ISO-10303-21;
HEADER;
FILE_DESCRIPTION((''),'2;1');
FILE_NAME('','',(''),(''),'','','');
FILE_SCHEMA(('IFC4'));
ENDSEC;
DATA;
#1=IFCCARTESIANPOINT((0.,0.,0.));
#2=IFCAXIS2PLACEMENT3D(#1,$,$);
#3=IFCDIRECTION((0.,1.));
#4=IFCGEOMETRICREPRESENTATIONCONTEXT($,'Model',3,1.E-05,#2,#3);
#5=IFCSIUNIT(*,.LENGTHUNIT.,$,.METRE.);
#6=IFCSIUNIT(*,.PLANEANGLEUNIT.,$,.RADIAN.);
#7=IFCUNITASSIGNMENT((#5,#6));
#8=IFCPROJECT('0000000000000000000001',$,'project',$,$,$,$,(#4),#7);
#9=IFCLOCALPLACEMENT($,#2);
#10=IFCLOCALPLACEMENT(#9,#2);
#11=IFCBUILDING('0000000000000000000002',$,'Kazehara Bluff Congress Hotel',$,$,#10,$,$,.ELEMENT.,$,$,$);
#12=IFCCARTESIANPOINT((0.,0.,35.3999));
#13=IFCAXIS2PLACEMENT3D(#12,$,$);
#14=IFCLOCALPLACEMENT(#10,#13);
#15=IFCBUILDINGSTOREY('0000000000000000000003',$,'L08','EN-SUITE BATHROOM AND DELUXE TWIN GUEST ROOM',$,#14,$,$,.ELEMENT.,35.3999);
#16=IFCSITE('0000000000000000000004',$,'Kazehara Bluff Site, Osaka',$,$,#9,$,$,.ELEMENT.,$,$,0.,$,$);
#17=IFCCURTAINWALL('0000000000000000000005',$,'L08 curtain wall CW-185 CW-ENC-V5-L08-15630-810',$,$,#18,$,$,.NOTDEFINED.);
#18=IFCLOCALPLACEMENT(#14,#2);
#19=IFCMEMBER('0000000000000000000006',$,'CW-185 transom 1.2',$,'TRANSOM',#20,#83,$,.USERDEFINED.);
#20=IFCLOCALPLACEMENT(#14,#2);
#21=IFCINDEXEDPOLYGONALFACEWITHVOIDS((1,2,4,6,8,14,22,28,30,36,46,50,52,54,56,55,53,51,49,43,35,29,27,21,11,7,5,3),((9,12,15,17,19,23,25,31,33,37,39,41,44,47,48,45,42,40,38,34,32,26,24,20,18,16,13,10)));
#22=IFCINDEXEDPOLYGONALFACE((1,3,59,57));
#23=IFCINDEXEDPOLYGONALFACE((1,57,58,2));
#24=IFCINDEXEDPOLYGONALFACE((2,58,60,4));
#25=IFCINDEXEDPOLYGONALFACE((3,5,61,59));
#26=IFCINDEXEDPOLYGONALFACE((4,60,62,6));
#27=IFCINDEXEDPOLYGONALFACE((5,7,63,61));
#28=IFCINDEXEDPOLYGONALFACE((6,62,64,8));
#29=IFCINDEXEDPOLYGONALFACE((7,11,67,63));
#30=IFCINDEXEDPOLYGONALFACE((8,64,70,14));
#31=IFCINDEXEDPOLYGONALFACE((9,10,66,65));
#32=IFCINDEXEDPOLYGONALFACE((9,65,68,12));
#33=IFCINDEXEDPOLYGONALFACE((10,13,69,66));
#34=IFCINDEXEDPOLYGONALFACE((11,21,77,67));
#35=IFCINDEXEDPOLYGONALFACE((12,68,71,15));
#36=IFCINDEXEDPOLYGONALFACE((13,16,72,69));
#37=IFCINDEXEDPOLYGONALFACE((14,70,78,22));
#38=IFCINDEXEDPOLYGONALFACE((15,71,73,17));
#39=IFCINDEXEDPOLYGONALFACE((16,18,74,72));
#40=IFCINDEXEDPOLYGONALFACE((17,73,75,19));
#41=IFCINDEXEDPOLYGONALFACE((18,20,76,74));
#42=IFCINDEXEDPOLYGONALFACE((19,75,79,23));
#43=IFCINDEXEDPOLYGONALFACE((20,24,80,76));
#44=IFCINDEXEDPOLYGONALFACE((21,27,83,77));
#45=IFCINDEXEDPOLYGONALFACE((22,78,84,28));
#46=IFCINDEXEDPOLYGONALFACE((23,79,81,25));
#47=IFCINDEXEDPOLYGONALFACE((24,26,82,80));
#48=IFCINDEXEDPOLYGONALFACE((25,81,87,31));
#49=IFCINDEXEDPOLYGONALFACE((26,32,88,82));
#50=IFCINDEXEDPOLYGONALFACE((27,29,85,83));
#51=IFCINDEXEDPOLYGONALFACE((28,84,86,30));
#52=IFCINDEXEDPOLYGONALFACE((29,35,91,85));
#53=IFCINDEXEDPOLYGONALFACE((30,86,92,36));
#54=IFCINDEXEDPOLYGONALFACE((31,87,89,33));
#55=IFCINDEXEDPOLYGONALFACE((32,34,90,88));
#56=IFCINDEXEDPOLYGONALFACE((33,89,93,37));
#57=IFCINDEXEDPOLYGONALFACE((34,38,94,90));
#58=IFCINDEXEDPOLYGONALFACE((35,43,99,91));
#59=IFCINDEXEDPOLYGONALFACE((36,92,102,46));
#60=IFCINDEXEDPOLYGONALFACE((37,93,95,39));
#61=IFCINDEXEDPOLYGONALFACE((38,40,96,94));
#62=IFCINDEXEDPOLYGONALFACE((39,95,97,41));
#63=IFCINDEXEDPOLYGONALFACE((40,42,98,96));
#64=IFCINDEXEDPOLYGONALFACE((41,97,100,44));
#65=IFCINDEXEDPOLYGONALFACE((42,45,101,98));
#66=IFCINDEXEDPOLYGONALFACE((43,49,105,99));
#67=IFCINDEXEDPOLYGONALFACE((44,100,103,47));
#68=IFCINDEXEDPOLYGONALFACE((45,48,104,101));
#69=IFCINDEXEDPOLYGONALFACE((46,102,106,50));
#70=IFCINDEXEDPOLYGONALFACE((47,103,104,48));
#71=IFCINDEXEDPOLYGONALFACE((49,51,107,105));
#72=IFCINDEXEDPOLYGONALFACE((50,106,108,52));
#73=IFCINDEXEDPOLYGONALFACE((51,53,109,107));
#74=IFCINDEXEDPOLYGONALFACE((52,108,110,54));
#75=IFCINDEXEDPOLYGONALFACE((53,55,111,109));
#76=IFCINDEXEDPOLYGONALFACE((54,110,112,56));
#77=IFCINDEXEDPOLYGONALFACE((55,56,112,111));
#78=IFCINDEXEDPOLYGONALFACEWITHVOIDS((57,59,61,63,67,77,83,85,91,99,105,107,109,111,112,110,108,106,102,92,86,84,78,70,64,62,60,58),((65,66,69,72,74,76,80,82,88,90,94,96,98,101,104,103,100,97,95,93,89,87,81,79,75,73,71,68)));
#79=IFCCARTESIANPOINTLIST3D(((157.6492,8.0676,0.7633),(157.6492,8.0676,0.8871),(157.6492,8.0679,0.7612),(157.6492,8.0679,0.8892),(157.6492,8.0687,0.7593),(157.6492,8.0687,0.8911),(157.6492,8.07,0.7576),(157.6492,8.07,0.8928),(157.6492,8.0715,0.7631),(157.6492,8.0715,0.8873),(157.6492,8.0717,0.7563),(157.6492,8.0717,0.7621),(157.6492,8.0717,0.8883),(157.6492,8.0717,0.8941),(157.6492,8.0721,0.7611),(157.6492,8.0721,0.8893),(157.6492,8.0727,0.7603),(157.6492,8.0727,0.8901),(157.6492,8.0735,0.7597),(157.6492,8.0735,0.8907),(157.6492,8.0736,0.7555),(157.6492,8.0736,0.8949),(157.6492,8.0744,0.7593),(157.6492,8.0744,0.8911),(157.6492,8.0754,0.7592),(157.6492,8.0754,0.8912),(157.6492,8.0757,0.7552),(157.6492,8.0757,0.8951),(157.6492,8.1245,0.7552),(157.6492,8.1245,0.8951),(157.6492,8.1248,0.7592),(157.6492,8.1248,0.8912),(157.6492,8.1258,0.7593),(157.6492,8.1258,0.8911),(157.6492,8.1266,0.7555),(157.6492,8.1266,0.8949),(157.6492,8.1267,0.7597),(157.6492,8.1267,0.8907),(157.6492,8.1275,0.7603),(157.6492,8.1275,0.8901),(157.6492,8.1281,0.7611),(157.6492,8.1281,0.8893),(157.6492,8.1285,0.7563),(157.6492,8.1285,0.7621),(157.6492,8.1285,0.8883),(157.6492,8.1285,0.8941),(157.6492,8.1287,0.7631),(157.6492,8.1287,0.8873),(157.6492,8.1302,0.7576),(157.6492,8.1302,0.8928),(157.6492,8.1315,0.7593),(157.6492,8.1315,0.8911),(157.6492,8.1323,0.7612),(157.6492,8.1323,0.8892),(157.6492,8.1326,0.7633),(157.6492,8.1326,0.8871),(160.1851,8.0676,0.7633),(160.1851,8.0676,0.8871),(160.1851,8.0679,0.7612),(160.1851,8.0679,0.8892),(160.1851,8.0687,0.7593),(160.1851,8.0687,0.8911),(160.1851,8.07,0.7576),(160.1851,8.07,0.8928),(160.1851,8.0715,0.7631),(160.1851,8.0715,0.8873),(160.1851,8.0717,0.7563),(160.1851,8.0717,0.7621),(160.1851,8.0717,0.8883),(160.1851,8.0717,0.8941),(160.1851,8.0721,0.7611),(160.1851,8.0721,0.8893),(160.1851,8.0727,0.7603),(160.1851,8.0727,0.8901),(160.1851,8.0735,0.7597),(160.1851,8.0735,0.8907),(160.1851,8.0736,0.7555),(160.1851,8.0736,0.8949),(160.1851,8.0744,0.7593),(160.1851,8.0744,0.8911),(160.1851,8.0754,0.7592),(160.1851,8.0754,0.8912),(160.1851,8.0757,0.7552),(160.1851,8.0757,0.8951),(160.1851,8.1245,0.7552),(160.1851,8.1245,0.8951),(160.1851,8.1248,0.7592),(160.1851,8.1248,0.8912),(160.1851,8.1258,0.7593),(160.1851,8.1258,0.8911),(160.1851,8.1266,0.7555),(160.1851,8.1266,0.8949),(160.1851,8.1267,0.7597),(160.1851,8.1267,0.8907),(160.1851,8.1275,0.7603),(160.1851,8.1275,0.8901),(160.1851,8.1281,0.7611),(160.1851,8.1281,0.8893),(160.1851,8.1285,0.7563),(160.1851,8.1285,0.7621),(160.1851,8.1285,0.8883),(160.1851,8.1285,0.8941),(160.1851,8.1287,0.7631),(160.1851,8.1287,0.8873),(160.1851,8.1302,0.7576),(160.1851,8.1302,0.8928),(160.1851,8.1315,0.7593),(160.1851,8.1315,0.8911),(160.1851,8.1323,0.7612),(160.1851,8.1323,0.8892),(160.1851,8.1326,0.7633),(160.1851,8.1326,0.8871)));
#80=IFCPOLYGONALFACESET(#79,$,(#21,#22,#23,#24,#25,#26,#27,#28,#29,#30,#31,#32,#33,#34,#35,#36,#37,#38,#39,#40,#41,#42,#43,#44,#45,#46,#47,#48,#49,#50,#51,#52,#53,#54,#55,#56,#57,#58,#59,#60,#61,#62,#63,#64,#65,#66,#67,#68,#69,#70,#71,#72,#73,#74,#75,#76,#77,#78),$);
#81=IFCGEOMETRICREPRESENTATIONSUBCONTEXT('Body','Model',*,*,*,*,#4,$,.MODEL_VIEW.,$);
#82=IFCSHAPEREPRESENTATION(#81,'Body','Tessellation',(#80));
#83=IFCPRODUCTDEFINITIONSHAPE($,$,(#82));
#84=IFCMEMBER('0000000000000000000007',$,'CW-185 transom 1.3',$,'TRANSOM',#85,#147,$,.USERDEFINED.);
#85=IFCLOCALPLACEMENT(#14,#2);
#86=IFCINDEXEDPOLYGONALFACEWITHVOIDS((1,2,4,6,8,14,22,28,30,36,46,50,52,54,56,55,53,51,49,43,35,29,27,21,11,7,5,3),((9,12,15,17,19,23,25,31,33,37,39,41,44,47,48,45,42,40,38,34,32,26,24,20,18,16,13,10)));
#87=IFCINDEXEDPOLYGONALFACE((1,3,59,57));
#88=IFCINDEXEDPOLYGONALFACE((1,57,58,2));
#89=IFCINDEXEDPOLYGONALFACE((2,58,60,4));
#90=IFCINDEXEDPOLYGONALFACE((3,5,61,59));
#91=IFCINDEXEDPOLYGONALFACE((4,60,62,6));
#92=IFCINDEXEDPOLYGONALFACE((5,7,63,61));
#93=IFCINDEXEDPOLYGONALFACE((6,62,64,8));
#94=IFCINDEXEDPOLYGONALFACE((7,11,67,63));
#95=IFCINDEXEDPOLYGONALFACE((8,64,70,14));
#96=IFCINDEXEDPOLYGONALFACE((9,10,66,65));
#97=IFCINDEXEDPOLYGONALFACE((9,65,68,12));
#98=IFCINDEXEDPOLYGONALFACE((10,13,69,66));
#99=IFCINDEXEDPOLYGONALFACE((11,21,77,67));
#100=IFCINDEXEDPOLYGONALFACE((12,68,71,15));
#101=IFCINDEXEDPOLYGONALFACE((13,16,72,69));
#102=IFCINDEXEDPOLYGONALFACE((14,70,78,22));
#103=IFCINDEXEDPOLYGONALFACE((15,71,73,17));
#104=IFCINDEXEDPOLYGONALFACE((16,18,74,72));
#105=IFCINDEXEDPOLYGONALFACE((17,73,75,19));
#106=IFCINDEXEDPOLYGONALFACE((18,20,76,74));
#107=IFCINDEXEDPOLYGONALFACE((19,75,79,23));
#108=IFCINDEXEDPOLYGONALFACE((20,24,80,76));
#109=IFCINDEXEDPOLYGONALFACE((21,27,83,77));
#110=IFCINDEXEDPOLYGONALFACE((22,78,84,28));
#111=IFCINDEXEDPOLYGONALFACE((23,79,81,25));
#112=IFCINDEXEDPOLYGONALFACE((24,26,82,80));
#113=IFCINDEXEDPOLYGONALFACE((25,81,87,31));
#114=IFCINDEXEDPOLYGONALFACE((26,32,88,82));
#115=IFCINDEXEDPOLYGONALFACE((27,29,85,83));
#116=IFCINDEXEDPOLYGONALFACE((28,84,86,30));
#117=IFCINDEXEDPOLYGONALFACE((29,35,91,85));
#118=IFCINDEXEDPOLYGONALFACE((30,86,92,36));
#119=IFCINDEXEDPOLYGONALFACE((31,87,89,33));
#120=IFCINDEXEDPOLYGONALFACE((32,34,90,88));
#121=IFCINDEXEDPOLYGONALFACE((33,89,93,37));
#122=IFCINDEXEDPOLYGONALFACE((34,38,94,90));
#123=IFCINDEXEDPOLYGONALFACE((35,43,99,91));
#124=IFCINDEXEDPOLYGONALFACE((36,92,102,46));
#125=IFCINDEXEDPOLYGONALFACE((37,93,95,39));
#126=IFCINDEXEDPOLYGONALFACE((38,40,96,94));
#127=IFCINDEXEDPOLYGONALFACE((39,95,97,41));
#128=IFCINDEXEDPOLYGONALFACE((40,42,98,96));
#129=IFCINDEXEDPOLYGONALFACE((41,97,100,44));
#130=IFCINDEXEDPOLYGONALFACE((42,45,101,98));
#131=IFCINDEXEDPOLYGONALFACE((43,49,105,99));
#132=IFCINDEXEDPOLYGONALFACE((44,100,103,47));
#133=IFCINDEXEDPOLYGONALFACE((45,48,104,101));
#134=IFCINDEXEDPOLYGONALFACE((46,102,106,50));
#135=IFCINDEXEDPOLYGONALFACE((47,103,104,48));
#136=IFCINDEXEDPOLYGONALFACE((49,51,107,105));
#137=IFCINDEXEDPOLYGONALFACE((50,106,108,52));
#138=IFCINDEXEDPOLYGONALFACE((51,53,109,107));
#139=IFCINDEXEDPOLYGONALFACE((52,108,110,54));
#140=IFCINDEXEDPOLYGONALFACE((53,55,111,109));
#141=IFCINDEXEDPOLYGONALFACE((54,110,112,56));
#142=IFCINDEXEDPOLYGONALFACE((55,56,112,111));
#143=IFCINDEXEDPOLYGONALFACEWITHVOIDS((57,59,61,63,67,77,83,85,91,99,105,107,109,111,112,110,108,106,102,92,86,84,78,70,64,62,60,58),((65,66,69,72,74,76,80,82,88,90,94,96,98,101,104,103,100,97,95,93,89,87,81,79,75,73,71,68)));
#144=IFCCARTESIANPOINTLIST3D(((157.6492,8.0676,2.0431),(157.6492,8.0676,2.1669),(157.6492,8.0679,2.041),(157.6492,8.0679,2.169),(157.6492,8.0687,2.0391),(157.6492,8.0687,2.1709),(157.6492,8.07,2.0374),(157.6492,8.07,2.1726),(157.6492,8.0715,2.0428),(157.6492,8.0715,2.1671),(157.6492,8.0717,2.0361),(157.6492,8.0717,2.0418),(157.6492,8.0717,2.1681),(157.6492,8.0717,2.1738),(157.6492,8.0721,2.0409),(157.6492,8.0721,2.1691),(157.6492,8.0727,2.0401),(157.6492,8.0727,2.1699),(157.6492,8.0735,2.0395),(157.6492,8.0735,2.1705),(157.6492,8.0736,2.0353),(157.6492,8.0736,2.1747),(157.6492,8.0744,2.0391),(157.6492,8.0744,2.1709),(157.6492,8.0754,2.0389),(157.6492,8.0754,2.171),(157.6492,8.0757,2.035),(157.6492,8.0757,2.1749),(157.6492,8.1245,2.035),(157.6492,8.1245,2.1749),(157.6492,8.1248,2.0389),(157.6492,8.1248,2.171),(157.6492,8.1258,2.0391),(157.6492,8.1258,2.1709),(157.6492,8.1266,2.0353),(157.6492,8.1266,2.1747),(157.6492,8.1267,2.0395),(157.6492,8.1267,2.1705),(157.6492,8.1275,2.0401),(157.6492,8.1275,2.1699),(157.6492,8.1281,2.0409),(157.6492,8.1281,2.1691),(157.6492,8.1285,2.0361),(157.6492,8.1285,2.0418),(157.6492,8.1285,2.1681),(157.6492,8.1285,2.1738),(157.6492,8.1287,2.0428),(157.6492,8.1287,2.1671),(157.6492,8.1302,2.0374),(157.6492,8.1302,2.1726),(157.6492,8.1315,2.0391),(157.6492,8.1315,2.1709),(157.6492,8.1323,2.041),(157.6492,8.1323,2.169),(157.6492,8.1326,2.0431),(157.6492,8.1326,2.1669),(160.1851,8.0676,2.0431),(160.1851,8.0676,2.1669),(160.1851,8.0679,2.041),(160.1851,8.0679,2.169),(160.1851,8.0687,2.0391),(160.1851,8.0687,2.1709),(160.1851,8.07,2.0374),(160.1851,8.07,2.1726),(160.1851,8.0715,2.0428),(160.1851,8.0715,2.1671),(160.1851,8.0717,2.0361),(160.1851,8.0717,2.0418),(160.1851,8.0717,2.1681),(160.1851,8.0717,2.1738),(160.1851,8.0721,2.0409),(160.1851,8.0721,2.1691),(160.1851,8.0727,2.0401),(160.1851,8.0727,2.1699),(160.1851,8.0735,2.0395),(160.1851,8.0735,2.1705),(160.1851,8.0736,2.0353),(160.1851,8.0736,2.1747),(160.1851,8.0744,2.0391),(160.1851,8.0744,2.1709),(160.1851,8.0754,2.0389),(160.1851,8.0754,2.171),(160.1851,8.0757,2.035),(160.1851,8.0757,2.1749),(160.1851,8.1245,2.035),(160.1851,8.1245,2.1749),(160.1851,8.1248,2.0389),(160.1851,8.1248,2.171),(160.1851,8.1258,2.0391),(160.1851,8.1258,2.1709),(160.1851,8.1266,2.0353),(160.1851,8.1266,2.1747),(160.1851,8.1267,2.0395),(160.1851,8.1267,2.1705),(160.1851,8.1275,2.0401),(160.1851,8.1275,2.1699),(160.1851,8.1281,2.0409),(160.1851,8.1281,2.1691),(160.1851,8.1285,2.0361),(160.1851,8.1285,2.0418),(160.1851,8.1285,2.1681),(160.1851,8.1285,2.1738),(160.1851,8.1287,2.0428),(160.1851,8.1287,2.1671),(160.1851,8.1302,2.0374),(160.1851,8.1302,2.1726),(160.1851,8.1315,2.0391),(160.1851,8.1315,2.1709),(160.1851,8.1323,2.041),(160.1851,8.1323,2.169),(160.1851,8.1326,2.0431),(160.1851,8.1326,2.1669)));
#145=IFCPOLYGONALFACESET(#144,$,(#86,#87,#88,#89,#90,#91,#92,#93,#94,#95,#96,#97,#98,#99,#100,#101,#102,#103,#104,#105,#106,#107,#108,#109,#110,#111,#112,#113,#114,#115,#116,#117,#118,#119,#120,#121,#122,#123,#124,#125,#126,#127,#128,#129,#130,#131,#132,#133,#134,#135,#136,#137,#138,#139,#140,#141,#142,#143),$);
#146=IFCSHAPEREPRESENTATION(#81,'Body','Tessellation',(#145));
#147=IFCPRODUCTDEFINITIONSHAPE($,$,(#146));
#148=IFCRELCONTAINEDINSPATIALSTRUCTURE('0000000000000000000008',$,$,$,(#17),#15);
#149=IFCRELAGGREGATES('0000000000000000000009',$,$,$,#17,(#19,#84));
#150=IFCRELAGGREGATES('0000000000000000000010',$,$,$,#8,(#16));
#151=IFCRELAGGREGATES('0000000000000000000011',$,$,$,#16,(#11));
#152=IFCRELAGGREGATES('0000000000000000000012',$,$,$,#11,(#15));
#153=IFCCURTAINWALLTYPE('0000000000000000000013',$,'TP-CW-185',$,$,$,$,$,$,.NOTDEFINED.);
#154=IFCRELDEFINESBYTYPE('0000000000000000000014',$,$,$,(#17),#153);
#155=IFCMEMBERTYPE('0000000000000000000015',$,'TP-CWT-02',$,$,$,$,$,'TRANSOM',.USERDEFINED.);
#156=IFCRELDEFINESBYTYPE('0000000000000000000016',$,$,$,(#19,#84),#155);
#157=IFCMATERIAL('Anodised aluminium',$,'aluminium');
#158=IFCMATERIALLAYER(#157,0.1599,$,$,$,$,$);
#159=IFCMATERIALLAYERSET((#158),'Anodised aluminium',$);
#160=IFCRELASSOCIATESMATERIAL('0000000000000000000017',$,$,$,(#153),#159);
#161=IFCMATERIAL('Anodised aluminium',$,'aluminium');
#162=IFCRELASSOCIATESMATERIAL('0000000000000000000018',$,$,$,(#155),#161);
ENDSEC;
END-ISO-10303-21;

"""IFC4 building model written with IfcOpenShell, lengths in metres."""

from ifc_helpers import new_model, si_unit, direction, frame, origin, origin_2d, place, context, subcontext, project, spatial, hollow_rectangle, extrude, material, layer, layer_set, material_profile, profile_set, type_object, element, aggregate, save


model = new_model("IFC4")

# Units and contexts
model_context = context("Model", 3, precision=1e-05, world=origin(), true_north=direction((0.0, 1.0)))
body_context = subcontext(model_context, "Body", "Model", "MODEL_VIEW")
ifc_project = project(units=[si_unit("LENGTHUNIT", "METRE"), si_unit("PLANEANGLEUNIT", "RADIAN")], contexts=[model_context])

# Site, building, storey
site_placement = place(None, origin())
site = spatial("IfcSite", under=ifc_project, at=site_placement, Name="Kazehara Bluff Site, Osaka", CompositionType="ELEMENT", RefElevation=0.0)
building_placement = place(site_placement, origin())
building = spatial("IfcBuilding", under=site, at=building_placement, Name="Kazehara Bluff Congress Hotel", CompositionType="ELEMENT")
storey_placement = place(building_placement, frame((0.0, 0.0, 35.3999)))
storey = spatial("IfcBuildingStorey", under=building, at=storey_placement, Name="L08", Description="EN-SUITE BATHROOM AND DELUXE TWIN GUEST ROOM", CompositionType="ELEMENT", Elevation=35.3999)

# Curtain wall, members
ifc_material_1 = material(Name="Anodised aluminium", Category="aluminium")
ifc_layer_1 = layer(ifc_material_1, 0.1599)
ifc_layer_set_1 = layer_set([ifc_layer_1], Name="Anodised aluminium")
curtain_wall_type = type_object("IfcCurtainWallType", Name="TP-CW-185", PredefinedType="NOTDEFINED", material=ifc_layer_set_1)
curtain_wall_placement = place(storey_placement, origin())
curtain_wall = element("IfcCurtainWall", 1, at=curtain_wall_placement, inside=storey, type_object=curtain_wall_type, Name="L08 curtain wall CW-185 CW-ENC-V5-L08-15630-810", PredefinedType="NOTDEFINED")
ifc_material_2 = material(Name="Anodised aluminium", Category="aluminium")
ifc_material_profile_1 = material_profile(ifc_material_2, hollow_rectangle(XDim=0.0649, YDim=0.1399, WallThickness=0.0039, InnerFilletRadius=0.0039, OuterFilletRadius=0.0081, at=origin_2d()))
ifc_profile_set_1 = profile_set([ifc_material_profile_1], Name="Anodised aluminium")
member_type_1 = type_object("IfcMemberType", Name="TP-CWT-02", ElementType="TRANSOM", PredefinedType="USERDEFINED", material=ifc_profile_set_1)
member_1_placement = place(storey_placement, frame((160.1851, 8.1001, 0.8252), z_axis=(-1.0, 0.0, 0.0), x_axis=(0.0, -1.0, 0.0)))
member_1 = element("IfcMember", 2, at=member_1_placement, type_object=member_type_1, Name="CW-185 transom 1.2", ObjectType="TRANSOM", PredefinedType="USERDEFINED", context=body_context, shape_type="SweptSolid", body=[
    extrude(hollow_rectangle(XDim=0.0649, YDim=0.1399, WallThickness=0.0039, InnerFilletRadius=0.0039, OuterFilletRadius=0.0081, at=origin_2d()), origin(), (0.0, 0.0, 1.0), 2.5359),
])
member_2_placement = place(storey_placement, frame((160.1851, 8.1001, 2.105), z_axis=(-1.0, 0.0, 0.0), x_axis=(0.0, -1.0, 0.0)))
member_2 = element("IfcMember", 3, at=member_2_placement, type_object=member_type_1, Name="CW-185 transom 1.3", ObjectType="TRANSOM", PredefinedType="USERDEFINED", context=body_context, shape_type="SweptSolid", body=[
    extrude(hollow_rectangle(XDim=0.0649, YDim=0.1399, WallThickness=0.0039, InnerFilletRadius=0.0039, OuterFilletRadius=0.0081, at=origin_2d()), origin(), (0.0, 0.0, 1.0), 2.5359),
])
aggregate(curtain_wall, [member_1, member_2])

save(model, "model.ifc")
